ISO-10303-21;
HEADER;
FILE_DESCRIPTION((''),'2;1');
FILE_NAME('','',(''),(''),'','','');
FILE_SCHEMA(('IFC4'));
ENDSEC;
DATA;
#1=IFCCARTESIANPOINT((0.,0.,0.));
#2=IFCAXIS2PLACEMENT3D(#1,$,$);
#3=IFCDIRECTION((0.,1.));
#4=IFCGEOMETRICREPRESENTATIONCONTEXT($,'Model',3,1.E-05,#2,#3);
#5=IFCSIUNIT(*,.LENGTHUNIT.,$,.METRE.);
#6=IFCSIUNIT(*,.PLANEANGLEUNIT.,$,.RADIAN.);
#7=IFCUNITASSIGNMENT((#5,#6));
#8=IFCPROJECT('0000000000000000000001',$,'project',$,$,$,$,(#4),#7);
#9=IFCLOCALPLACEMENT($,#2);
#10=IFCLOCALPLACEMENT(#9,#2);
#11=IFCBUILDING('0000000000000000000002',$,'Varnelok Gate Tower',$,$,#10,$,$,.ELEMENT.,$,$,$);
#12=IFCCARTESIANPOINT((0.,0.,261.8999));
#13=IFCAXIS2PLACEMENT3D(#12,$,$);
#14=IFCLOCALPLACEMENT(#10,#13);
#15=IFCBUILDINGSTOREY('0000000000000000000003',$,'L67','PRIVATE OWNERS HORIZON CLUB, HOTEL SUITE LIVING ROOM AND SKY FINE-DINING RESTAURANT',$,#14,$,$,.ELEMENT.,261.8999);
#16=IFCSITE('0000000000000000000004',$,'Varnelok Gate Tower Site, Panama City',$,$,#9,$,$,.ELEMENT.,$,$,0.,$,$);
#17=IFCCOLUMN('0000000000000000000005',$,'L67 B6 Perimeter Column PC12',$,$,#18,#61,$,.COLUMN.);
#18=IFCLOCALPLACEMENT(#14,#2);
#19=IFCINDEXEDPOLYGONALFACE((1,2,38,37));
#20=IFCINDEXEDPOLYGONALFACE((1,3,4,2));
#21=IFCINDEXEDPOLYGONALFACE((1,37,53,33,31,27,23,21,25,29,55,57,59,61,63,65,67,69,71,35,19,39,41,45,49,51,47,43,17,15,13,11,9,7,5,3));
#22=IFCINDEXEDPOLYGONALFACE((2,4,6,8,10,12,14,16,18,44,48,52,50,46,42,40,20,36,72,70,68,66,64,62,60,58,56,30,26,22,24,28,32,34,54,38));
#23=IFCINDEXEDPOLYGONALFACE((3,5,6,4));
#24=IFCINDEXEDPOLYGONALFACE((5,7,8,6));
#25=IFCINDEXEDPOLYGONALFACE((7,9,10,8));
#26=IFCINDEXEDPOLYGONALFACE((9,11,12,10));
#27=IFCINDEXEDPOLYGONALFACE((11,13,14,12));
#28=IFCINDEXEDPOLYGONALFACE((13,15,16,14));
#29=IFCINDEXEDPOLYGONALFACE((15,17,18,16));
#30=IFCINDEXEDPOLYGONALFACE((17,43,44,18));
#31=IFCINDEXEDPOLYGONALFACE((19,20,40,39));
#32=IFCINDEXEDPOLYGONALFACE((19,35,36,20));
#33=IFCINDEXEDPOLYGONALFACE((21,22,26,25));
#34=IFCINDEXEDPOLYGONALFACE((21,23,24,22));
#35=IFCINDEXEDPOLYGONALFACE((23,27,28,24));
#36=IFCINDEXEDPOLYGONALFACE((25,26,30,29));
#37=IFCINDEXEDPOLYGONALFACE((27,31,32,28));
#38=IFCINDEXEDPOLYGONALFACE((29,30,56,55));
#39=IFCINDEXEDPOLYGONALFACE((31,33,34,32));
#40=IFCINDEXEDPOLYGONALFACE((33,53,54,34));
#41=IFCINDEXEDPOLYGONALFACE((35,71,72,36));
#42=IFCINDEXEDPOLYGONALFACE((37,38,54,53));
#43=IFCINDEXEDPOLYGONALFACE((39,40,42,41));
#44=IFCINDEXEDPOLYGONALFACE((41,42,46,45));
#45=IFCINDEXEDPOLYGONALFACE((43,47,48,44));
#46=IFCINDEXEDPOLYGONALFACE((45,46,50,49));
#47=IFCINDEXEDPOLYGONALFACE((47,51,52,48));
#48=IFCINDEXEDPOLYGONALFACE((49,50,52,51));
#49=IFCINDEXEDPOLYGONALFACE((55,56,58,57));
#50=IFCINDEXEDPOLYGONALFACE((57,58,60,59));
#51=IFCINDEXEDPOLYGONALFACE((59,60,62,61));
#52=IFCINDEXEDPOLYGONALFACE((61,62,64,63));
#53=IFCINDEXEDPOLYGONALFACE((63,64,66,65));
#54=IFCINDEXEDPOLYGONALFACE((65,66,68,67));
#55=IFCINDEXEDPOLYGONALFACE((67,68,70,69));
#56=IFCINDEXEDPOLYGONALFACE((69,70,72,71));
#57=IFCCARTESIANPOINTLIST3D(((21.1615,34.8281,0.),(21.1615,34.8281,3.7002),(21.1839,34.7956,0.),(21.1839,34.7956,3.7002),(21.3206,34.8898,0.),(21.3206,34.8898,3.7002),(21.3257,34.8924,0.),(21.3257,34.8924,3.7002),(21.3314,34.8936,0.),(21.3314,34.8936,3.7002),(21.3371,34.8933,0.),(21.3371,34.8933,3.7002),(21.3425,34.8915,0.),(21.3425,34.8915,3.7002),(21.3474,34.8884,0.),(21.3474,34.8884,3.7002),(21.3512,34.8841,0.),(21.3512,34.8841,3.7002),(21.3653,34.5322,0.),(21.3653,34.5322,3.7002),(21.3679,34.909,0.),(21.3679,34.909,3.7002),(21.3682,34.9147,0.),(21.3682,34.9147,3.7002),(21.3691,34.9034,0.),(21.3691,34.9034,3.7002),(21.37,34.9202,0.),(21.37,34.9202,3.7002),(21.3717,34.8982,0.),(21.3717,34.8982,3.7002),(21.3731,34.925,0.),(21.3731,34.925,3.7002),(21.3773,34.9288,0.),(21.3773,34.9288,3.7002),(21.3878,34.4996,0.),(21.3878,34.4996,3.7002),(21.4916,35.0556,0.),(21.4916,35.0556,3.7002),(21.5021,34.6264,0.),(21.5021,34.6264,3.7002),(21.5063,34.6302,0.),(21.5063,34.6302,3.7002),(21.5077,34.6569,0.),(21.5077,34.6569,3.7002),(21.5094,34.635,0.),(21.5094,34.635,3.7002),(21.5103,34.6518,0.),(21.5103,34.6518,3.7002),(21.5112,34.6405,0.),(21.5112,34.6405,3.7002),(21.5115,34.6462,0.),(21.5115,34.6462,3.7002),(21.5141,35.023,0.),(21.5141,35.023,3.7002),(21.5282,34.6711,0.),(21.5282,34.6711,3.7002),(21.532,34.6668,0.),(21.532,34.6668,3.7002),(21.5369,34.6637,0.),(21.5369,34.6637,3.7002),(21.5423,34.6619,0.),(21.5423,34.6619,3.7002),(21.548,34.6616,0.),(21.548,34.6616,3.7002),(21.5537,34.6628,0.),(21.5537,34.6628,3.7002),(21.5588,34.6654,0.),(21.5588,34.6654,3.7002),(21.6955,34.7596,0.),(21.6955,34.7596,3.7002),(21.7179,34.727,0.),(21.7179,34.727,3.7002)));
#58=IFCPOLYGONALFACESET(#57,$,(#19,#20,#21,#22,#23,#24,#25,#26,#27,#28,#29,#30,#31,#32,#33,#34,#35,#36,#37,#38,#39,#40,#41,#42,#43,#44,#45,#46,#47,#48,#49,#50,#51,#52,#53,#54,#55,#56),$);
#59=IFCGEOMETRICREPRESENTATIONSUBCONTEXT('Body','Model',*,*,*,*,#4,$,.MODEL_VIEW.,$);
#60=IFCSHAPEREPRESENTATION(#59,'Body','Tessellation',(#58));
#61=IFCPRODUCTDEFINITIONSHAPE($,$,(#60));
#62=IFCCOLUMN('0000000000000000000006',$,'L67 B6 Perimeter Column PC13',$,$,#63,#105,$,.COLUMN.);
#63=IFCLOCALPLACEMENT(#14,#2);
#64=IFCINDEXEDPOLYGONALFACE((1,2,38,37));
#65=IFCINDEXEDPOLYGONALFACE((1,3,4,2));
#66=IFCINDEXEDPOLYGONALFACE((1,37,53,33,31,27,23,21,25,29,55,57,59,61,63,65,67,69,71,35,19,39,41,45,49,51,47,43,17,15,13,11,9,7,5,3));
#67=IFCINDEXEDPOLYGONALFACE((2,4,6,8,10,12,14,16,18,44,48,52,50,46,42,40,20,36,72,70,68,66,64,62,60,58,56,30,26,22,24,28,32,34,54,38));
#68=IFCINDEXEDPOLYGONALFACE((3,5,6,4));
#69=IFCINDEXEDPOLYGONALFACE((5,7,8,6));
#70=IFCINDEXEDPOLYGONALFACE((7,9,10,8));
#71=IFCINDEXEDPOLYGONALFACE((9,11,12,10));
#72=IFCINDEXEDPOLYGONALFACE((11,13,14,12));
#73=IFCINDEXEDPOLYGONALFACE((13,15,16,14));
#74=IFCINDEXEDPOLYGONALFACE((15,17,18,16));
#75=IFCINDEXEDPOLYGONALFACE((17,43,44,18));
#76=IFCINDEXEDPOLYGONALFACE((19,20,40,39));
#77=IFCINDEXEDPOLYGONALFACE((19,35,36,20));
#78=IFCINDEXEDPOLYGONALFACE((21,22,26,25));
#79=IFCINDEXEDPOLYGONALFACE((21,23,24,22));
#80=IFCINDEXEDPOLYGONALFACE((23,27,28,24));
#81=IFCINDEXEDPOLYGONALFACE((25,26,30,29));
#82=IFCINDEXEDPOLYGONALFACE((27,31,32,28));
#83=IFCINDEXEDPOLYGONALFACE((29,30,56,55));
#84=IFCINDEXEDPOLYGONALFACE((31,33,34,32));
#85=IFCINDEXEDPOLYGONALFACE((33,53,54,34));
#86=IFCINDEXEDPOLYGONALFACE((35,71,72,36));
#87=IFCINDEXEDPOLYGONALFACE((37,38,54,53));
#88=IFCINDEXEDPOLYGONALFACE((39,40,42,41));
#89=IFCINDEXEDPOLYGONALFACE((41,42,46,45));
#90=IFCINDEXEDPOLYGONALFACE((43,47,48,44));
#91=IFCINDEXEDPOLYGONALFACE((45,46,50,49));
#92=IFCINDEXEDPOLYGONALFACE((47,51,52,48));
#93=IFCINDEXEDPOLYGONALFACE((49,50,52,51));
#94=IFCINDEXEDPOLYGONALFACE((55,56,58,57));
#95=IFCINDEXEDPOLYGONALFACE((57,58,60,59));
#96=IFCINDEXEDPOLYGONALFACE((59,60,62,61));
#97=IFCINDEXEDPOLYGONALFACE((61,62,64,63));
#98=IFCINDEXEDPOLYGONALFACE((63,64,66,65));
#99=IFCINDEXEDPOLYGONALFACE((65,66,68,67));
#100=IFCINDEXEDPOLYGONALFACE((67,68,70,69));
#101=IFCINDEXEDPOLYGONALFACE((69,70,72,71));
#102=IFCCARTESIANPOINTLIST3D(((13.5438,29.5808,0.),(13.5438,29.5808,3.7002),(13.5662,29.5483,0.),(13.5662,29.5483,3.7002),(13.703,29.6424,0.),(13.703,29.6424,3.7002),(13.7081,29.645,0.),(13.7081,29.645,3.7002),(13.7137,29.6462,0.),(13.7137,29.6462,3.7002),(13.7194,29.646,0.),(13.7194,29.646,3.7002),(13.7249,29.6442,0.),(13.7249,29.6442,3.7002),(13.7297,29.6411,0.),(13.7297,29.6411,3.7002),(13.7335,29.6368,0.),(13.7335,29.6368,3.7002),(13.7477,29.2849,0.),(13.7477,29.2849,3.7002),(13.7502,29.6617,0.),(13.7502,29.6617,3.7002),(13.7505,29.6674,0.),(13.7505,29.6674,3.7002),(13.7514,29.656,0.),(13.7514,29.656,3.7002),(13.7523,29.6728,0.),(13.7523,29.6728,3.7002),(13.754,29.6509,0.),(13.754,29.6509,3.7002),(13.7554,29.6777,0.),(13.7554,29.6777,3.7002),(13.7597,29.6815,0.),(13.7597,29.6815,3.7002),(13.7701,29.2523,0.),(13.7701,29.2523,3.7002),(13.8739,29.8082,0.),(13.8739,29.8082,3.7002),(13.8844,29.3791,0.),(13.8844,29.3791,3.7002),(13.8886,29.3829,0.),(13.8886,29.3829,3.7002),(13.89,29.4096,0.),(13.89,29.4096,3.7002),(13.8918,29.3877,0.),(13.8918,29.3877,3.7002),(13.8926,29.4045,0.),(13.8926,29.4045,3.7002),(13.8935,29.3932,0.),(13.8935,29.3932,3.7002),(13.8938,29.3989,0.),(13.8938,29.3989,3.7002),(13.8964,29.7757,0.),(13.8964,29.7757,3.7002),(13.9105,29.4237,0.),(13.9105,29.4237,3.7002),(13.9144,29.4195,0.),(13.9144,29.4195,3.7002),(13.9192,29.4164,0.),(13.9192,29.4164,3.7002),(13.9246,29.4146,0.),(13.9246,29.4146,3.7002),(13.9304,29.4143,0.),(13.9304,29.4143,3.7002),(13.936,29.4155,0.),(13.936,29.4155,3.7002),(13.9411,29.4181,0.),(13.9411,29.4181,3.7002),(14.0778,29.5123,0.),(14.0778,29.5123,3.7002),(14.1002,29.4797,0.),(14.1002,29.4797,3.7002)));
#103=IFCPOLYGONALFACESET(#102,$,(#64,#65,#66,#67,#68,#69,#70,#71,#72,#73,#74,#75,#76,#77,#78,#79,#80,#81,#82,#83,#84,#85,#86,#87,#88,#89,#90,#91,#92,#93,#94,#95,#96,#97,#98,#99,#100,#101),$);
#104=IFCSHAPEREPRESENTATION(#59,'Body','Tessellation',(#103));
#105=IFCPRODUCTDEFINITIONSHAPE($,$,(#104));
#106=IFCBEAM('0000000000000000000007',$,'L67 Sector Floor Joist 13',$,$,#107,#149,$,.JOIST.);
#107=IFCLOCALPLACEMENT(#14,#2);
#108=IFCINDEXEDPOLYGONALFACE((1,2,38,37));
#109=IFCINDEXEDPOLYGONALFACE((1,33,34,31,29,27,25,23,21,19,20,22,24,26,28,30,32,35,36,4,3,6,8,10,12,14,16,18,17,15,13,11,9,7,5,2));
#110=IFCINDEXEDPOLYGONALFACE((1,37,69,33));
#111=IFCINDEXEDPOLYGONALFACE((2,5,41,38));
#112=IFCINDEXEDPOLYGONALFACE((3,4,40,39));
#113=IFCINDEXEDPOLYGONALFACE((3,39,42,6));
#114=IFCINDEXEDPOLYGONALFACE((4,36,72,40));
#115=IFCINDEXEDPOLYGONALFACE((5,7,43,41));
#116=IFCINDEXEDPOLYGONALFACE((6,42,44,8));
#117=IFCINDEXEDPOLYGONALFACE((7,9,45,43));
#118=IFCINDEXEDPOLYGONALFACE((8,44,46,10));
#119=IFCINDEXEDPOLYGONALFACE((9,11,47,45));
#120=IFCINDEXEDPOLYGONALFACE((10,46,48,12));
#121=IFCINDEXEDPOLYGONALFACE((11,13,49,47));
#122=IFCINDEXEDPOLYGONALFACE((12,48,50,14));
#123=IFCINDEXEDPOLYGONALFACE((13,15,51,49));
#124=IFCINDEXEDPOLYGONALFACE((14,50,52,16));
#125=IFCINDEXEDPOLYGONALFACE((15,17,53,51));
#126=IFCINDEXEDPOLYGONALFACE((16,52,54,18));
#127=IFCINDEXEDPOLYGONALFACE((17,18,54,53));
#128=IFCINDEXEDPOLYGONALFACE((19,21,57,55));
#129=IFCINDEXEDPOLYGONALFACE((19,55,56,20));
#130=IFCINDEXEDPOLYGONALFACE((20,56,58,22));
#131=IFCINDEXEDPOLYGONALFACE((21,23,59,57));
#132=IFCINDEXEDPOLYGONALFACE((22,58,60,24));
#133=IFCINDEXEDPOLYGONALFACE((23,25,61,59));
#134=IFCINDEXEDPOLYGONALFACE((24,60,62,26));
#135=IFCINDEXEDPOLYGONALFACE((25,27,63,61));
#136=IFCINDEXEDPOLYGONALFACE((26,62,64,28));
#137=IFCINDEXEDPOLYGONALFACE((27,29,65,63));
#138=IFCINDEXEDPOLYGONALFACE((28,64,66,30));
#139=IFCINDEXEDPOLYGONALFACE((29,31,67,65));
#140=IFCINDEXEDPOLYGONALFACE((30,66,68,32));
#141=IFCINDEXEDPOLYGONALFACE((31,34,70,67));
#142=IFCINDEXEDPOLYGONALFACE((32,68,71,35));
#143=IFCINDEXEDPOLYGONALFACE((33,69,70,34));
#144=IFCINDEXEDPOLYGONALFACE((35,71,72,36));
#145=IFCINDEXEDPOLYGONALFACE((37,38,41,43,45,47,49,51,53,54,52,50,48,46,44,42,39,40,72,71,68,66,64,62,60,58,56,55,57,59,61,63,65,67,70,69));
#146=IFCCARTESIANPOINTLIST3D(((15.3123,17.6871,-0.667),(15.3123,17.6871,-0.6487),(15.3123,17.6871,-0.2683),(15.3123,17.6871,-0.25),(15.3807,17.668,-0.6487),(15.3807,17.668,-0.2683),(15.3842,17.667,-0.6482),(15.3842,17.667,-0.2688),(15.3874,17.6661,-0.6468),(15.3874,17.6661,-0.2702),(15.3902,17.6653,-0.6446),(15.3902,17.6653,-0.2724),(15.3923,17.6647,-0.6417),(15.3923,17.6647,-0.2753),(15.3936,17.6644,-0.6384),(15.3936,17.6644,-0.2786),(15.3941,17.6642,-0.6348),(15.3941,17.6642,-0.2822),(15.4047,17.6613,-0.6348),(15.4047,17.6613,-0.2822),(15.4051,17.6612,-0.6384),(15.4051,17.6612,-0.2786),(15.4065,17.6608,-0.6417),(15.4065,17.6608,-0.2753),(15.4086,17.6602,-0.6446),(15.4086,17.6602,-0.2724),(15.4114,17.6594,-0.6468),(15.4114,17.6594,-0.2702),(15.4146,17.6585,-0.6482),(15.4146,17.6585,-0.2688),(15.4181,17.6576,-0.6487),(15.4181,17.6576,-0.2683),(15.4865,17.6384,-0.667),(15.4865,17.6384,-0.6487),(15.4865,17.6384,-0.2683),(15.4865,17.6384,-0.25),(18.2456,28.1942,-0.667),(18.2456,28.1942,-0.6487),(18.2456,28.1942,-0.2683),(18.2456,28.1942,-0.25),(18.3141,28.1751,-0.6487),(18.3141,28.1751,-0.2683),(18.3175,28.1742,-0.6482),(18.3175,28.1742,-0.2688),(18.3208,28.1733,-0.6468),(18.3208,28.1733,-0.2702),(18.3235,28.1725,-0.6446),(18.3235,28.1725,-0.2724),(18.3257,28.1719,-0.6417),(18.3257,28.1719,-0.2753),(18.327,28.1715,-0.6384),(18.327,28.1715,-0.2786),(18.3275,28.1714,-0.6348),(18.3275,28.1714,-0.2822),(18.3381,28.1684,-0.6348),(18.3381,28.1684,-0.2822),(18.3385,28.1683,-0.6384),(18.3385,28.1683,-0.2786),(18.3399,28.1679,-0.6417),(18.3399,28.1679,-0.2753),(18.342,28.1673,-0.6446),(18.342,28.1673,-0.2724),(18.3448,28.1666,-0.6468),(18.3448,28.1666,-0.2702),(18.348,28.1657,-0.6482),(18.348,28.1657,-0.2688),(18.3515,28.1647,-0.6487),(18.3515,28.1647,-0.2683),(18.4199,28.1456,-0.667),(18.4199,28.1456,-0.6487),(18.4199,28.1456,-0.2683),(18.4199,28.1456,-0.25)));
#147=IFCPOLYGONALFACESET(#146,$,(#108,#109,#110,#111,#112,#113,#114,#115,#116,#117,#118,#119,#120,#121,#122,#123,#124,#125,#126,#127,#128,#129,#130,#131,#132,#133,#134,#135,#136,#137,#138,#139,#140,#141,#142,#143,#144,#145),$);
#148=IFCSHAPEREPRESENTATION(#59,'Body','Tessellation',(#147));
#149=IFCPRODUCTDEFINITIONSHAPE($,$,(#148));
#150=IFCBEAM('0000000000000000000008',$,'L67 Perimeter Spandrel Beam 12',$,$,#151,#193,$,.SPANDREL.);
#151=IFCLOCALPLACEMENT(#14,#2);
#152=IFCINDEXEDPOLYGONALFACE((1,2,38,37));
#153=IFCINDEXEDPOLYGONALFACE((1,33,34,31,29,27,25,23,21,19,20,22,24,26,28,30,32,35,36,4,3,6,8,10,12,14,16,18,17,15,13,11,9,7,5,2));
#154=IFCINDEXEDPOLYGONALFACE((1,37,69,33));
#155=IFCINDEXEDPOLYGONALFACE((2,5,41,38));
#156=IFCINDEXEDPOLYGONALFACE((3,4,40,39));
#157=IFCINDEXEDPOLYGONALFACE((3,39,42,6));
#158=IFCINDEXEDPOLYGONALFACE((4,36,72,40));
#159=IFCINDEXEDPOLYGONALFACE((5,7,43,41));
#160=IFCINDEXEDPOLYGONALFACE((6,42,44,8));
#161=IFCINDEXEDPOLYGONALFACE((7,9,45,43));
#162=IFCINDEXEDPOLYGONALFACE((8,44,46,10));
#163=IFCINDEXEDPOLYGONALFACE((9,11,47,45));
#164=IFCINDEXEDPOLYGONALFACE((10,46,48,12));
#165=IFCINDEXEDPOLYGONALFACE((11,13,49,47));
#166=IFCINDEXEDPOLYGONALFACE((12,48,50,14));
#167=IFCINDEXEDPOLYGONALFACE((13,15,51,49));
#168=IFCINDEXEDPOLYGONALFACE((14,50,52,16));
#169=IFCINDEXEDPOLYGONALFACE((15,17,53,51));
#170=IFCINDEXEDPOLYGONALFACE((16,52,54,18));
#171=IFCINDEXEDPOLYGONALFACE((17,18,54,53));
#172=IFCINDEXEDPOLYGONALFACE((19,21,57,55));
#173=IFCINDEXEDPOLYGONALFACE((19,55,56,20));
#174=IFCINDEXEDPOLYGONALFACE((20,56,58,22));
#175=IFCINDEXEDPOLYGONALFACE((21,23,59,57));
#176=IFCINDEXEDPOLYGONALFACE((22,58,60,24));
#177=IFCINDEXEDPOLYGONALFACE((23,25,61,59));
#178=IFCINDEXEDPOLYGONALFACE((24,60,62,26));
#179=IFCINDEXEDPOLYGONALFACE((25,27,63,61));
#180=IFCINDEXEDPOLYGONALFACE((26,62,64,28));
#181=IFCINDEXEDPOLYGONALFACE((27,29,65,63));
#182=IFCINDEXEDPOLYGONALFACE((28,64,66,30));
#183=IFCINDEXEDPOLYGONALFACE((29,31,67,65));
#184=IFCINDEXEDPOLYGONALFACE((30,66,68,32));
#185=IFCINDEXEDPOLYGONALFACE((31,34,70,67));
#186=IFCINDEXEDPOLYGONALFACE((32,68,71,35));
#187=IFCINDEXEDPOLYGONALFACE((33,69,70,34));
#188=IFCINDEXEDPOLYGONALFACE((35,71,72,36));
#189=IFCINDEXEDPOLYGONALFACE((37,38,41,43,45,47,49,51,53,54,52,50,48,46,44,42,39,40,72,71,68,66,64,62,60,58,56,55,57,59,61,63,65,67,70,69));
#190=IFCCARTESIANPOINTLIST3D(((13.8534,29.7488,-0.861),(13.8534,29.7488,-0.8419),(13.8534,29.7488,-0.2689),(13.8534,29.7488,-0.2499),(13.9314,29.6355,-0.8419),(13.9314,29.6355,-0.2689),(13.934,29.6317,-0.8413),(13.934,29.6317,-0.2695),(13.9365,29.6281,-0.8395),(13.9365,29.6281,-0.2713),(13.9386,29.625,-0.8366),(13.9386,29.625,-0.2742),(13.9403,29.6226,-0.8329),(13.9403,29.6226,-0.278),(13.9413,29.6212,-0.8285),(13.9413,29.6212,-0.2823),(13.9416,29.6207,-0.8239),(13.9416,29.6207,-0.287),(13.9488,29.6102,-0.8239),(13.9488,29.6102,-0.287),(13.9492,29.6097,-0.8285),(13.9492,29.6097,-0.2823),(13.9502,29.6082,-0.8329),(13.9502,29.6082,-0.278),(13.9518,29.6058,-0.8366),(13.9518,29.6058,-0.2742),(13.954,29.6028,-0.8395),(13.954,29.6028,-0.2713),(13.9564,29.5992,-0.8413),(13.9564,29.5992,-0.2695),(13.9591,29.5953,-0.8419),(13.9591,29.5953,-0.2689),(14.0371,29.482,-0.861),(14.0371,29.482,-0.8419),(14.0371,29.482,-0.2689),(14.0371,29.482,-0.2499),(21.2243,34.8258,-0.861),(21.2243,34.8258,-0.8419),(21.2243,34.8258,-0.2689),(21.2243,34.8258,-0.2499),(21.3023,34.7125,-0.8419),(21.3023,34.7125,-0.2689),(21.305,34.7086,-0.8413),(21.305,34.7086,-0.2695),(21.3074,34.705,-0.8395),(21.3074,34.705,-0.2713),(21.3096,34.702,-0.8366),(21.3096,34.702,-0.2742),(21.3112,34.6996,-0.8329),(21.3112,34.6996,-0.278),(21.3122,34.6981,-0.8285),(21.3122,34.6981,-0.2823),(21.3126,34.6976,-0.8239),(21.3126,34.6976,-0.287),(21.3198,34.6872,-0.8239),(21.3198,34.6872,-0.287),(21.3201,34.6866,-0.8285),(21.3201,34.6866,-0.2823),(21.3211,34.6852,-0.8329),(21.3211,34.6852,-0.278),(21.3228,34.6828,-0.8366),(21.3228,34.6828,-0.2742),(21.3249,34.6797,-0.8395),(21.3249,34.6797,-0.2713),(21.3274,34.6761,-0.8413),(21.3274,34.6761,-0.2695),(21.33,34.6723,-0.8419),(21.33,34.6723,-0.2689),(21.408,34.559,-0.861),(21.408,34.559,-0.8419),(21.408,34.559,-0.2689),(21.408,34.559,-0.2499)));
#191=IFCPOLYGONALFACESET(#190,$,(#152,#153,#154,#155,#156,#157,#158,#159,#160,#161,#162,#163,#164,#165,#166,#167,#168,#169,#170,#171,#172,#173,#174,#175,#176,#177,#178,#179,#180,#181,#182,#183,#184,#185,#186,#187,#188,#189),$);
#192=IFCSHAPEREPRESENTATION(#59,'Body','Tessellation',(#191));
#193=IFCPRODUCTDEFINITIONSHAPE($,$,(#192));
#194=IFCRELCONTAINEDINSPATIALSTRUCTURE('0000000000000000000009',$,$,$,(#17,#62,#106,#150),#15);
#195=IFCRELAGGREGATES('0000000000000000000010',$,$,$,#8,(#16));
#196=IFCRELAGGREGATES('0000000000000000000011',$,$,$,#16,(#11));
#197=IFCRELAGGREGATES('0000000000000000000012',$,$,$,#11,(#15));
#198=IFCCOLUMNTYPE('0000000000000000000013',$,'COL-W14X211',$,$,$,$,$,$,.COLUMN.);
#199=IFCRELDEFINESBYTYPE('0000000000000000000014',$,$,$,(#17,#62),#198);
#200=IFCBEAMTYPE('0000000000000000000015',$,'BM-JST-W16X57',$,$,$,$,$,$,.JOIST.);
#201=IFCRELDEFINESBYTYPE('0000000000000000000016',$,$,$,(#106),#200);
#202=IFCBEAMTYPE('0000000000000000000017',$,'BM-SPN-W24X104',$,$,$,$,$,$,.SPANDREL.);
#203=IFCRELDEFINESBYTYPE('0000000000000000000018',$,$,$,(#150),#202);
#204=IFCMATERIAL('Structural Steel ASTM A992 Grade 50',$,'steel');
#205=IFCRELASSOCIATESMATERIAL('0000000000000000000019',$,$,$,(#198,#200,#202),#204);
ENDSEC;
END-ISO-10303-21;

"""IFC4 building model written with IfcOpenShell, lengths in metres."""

from ifc_helpers import new_model, si_unit, direction, frame, origin, origin_2d, place, context, subcontext, project, spatial, i_section, extrude, material, material_profile, profile_set, type_object, element, save


model = new_model("IFC4")

# Units and contexts
model_context = context("Model", 3, precision=1e-05, world=origin(), true_north=direction((0.0, 1.0)))
body_context = subcontext(model_context, "Body", "Model", "MODEL_VIEW")
ifc_project = project(units=[si_unit("LENGTHUNIT", "METRE"), si_unit("PLANEANGLEUNIT", "RADIAN")], contexts=[model_context])

# Site, building, storey
site_placement = place(None, origin())
site = spatial("IfcSite", under=ifc_project, at=site_placement, Name="Varnelok Gate Tower Site, Panama City", CompositionType="ELEMENT", RefElevation=0.0)
building_placement = place(site_placement, origin())
building = spatial("IfcBuilding", under=site, at=building_placement, Name="Varnelok Gate Tower", CompositionType="ELEMENT")
storey_placement = place(building_placement, frame((0.0, 0.0, 261.8999)))
storey = spatial("IfcBuildingStorey", under=building, at=storey_placement, Name="L67", Description="PRIVATE OWNERS HORIZON CLUB, HOTEL SUITE LIVING ROOM AND SKY FINE-DINING RESTAURANT", CompositionType="ELEMENT", Elevation=261.8999)

# Columns
ifc_material_1 = material(Name="Structural Steel ASTM A992 Grade 50", Category="steel")
ifc_material_profile_1 = material_profile(ifc_material_1, i_section(OverallWidth=0.4009, OverallDepth=0.3989, WebThickness=0.0249, FlangeThickness=0.0396, FilletRadius=0.022, at=origin_2d()), Name="W14X211")
ifc_profile_set_1 = profile_set([ifc_material_profile_1], Name="Structural Steel ASTM A992 Grade 50")
column_type = type_object("IfcColumnType", Name="COL-W14X211", PredefinedType="COLUMN", material=ifc_profile_set_1)
for number, where, z_axis, x_axis, name in (
    (1, (21.4397, 34.7776, 0.0), (0.0, 0.0, 1.0), (0.823533, 0.567269, 0.0), "L67 B6 Perimeter Column PC12"),
    (2, (13.822, 29.5303, 0.0), (0.0, 0.0, 1.0), (0.823533, 0.567269, 0.0), "L67 B6 Perimeter Column PC13"),
):
    element("IfcColumn", number, at=place(storey_placement, frame(where, z_axis=z_axis, x_axis=x_axis)), inside=storey, type_object=column_type, Name=name, PredefinedType="COLUMN", context=body_context, shape_type="SweptSolid", body=[
        extrude(i_section(OverallWidth=0.4009, OverallDepth=0.3989, WebThickness=0.0249, FlangeThickness=0.0396, FilletRadius=0.022, at=origin_2d()), origin(), (0.0, 0.0, 1.0), 3.7002),
    ])

# Beams
ifc_material_profile_2 = material_profile(ifc_material_1, i_section(OverallWidth=0.1809, OverallDepth=0.417, WebThickness=0.011, FlangeThickness=0.0183, FilletRadius=0.0139, at=origin_2d()), Name="W16X57")
ifc_profile_set_2 = profile_set([ifc_material_profile_2], Name="Structural Steel ASTM A992 Grade 50")
beam_type_1 = type_object("IfcBeamType", Name="BM-JST-W16X57", PredefinedType="JOIST", material=ifc_profile_set_2)
beam_1_placement = place(storey_placement, frame((18.3328, 28.1699, -0.4585), z_axis=(-0.268896, -0.963169, 0.0), x_axis=(0.963169, -0.268896, 0.0)))
element("IfcBeam", 3, at=beam_1_placement, inside=storey, type_object=beam_type_1, Name="L67 Sector Floor Joist 13", PredefinedType="JOIST", context=body_context, shape_type="SweptSolid", body=[
    extrude(i_section(OverallWidth=0.1809, OverallDepth=0.417, WebThickness=0.011, FlangeThickness=0.0183, FilletRadius=0.0139, at=origin_2d()), origin(), (0.0, 0.0, 1.0), 10.9089),
])
ifc_material_profile_3 = material_profile(ifc_material_1, i_section(OverallWidth=0.324, OverallDepth=0.6111, WebThickness=0.0127, FlangeThickness=0.019, FilletRadius=0.0181, at=origin_2d()), Name="W24X104")
ifc_profile_set_3 = profile_set([ifc_material_profile_3], Name="Structural Steel ASTM A992 Grade 50")
beam_type_2 = type_object("IfcBeamType", Name="BM-SPN-W24X104", PredefinedType="SPANDREL", material=ifc_profile_set_3)
beam_2_placement = place(storey_placement, frame((21.3162, 34.6924, -0.5554), z_axis=(-0.823549, -0.567245, 0.0), x_axis=(0.567245, -0.823549, 0.0)))
element("IfcBeam", 4, at=beam_2_placement, inside=storey, type_object=beam_type_2, Name="L67 Perimeter Spandrel Beam 12", PredefinedType="SPANDREL", context=body_context, shape_type="SweptSolid", body=[
    extrude(i_section(OverallWidth=0.324, OverallDepth=0.6111, WebThickness=0.0127, FlangeThickness=0.019, FilletRadius=0.0181, at=origin_2d()), origin(), (0.0, 0.0, 1.0), 8.9502),
])

save(model, "model.ifc")
